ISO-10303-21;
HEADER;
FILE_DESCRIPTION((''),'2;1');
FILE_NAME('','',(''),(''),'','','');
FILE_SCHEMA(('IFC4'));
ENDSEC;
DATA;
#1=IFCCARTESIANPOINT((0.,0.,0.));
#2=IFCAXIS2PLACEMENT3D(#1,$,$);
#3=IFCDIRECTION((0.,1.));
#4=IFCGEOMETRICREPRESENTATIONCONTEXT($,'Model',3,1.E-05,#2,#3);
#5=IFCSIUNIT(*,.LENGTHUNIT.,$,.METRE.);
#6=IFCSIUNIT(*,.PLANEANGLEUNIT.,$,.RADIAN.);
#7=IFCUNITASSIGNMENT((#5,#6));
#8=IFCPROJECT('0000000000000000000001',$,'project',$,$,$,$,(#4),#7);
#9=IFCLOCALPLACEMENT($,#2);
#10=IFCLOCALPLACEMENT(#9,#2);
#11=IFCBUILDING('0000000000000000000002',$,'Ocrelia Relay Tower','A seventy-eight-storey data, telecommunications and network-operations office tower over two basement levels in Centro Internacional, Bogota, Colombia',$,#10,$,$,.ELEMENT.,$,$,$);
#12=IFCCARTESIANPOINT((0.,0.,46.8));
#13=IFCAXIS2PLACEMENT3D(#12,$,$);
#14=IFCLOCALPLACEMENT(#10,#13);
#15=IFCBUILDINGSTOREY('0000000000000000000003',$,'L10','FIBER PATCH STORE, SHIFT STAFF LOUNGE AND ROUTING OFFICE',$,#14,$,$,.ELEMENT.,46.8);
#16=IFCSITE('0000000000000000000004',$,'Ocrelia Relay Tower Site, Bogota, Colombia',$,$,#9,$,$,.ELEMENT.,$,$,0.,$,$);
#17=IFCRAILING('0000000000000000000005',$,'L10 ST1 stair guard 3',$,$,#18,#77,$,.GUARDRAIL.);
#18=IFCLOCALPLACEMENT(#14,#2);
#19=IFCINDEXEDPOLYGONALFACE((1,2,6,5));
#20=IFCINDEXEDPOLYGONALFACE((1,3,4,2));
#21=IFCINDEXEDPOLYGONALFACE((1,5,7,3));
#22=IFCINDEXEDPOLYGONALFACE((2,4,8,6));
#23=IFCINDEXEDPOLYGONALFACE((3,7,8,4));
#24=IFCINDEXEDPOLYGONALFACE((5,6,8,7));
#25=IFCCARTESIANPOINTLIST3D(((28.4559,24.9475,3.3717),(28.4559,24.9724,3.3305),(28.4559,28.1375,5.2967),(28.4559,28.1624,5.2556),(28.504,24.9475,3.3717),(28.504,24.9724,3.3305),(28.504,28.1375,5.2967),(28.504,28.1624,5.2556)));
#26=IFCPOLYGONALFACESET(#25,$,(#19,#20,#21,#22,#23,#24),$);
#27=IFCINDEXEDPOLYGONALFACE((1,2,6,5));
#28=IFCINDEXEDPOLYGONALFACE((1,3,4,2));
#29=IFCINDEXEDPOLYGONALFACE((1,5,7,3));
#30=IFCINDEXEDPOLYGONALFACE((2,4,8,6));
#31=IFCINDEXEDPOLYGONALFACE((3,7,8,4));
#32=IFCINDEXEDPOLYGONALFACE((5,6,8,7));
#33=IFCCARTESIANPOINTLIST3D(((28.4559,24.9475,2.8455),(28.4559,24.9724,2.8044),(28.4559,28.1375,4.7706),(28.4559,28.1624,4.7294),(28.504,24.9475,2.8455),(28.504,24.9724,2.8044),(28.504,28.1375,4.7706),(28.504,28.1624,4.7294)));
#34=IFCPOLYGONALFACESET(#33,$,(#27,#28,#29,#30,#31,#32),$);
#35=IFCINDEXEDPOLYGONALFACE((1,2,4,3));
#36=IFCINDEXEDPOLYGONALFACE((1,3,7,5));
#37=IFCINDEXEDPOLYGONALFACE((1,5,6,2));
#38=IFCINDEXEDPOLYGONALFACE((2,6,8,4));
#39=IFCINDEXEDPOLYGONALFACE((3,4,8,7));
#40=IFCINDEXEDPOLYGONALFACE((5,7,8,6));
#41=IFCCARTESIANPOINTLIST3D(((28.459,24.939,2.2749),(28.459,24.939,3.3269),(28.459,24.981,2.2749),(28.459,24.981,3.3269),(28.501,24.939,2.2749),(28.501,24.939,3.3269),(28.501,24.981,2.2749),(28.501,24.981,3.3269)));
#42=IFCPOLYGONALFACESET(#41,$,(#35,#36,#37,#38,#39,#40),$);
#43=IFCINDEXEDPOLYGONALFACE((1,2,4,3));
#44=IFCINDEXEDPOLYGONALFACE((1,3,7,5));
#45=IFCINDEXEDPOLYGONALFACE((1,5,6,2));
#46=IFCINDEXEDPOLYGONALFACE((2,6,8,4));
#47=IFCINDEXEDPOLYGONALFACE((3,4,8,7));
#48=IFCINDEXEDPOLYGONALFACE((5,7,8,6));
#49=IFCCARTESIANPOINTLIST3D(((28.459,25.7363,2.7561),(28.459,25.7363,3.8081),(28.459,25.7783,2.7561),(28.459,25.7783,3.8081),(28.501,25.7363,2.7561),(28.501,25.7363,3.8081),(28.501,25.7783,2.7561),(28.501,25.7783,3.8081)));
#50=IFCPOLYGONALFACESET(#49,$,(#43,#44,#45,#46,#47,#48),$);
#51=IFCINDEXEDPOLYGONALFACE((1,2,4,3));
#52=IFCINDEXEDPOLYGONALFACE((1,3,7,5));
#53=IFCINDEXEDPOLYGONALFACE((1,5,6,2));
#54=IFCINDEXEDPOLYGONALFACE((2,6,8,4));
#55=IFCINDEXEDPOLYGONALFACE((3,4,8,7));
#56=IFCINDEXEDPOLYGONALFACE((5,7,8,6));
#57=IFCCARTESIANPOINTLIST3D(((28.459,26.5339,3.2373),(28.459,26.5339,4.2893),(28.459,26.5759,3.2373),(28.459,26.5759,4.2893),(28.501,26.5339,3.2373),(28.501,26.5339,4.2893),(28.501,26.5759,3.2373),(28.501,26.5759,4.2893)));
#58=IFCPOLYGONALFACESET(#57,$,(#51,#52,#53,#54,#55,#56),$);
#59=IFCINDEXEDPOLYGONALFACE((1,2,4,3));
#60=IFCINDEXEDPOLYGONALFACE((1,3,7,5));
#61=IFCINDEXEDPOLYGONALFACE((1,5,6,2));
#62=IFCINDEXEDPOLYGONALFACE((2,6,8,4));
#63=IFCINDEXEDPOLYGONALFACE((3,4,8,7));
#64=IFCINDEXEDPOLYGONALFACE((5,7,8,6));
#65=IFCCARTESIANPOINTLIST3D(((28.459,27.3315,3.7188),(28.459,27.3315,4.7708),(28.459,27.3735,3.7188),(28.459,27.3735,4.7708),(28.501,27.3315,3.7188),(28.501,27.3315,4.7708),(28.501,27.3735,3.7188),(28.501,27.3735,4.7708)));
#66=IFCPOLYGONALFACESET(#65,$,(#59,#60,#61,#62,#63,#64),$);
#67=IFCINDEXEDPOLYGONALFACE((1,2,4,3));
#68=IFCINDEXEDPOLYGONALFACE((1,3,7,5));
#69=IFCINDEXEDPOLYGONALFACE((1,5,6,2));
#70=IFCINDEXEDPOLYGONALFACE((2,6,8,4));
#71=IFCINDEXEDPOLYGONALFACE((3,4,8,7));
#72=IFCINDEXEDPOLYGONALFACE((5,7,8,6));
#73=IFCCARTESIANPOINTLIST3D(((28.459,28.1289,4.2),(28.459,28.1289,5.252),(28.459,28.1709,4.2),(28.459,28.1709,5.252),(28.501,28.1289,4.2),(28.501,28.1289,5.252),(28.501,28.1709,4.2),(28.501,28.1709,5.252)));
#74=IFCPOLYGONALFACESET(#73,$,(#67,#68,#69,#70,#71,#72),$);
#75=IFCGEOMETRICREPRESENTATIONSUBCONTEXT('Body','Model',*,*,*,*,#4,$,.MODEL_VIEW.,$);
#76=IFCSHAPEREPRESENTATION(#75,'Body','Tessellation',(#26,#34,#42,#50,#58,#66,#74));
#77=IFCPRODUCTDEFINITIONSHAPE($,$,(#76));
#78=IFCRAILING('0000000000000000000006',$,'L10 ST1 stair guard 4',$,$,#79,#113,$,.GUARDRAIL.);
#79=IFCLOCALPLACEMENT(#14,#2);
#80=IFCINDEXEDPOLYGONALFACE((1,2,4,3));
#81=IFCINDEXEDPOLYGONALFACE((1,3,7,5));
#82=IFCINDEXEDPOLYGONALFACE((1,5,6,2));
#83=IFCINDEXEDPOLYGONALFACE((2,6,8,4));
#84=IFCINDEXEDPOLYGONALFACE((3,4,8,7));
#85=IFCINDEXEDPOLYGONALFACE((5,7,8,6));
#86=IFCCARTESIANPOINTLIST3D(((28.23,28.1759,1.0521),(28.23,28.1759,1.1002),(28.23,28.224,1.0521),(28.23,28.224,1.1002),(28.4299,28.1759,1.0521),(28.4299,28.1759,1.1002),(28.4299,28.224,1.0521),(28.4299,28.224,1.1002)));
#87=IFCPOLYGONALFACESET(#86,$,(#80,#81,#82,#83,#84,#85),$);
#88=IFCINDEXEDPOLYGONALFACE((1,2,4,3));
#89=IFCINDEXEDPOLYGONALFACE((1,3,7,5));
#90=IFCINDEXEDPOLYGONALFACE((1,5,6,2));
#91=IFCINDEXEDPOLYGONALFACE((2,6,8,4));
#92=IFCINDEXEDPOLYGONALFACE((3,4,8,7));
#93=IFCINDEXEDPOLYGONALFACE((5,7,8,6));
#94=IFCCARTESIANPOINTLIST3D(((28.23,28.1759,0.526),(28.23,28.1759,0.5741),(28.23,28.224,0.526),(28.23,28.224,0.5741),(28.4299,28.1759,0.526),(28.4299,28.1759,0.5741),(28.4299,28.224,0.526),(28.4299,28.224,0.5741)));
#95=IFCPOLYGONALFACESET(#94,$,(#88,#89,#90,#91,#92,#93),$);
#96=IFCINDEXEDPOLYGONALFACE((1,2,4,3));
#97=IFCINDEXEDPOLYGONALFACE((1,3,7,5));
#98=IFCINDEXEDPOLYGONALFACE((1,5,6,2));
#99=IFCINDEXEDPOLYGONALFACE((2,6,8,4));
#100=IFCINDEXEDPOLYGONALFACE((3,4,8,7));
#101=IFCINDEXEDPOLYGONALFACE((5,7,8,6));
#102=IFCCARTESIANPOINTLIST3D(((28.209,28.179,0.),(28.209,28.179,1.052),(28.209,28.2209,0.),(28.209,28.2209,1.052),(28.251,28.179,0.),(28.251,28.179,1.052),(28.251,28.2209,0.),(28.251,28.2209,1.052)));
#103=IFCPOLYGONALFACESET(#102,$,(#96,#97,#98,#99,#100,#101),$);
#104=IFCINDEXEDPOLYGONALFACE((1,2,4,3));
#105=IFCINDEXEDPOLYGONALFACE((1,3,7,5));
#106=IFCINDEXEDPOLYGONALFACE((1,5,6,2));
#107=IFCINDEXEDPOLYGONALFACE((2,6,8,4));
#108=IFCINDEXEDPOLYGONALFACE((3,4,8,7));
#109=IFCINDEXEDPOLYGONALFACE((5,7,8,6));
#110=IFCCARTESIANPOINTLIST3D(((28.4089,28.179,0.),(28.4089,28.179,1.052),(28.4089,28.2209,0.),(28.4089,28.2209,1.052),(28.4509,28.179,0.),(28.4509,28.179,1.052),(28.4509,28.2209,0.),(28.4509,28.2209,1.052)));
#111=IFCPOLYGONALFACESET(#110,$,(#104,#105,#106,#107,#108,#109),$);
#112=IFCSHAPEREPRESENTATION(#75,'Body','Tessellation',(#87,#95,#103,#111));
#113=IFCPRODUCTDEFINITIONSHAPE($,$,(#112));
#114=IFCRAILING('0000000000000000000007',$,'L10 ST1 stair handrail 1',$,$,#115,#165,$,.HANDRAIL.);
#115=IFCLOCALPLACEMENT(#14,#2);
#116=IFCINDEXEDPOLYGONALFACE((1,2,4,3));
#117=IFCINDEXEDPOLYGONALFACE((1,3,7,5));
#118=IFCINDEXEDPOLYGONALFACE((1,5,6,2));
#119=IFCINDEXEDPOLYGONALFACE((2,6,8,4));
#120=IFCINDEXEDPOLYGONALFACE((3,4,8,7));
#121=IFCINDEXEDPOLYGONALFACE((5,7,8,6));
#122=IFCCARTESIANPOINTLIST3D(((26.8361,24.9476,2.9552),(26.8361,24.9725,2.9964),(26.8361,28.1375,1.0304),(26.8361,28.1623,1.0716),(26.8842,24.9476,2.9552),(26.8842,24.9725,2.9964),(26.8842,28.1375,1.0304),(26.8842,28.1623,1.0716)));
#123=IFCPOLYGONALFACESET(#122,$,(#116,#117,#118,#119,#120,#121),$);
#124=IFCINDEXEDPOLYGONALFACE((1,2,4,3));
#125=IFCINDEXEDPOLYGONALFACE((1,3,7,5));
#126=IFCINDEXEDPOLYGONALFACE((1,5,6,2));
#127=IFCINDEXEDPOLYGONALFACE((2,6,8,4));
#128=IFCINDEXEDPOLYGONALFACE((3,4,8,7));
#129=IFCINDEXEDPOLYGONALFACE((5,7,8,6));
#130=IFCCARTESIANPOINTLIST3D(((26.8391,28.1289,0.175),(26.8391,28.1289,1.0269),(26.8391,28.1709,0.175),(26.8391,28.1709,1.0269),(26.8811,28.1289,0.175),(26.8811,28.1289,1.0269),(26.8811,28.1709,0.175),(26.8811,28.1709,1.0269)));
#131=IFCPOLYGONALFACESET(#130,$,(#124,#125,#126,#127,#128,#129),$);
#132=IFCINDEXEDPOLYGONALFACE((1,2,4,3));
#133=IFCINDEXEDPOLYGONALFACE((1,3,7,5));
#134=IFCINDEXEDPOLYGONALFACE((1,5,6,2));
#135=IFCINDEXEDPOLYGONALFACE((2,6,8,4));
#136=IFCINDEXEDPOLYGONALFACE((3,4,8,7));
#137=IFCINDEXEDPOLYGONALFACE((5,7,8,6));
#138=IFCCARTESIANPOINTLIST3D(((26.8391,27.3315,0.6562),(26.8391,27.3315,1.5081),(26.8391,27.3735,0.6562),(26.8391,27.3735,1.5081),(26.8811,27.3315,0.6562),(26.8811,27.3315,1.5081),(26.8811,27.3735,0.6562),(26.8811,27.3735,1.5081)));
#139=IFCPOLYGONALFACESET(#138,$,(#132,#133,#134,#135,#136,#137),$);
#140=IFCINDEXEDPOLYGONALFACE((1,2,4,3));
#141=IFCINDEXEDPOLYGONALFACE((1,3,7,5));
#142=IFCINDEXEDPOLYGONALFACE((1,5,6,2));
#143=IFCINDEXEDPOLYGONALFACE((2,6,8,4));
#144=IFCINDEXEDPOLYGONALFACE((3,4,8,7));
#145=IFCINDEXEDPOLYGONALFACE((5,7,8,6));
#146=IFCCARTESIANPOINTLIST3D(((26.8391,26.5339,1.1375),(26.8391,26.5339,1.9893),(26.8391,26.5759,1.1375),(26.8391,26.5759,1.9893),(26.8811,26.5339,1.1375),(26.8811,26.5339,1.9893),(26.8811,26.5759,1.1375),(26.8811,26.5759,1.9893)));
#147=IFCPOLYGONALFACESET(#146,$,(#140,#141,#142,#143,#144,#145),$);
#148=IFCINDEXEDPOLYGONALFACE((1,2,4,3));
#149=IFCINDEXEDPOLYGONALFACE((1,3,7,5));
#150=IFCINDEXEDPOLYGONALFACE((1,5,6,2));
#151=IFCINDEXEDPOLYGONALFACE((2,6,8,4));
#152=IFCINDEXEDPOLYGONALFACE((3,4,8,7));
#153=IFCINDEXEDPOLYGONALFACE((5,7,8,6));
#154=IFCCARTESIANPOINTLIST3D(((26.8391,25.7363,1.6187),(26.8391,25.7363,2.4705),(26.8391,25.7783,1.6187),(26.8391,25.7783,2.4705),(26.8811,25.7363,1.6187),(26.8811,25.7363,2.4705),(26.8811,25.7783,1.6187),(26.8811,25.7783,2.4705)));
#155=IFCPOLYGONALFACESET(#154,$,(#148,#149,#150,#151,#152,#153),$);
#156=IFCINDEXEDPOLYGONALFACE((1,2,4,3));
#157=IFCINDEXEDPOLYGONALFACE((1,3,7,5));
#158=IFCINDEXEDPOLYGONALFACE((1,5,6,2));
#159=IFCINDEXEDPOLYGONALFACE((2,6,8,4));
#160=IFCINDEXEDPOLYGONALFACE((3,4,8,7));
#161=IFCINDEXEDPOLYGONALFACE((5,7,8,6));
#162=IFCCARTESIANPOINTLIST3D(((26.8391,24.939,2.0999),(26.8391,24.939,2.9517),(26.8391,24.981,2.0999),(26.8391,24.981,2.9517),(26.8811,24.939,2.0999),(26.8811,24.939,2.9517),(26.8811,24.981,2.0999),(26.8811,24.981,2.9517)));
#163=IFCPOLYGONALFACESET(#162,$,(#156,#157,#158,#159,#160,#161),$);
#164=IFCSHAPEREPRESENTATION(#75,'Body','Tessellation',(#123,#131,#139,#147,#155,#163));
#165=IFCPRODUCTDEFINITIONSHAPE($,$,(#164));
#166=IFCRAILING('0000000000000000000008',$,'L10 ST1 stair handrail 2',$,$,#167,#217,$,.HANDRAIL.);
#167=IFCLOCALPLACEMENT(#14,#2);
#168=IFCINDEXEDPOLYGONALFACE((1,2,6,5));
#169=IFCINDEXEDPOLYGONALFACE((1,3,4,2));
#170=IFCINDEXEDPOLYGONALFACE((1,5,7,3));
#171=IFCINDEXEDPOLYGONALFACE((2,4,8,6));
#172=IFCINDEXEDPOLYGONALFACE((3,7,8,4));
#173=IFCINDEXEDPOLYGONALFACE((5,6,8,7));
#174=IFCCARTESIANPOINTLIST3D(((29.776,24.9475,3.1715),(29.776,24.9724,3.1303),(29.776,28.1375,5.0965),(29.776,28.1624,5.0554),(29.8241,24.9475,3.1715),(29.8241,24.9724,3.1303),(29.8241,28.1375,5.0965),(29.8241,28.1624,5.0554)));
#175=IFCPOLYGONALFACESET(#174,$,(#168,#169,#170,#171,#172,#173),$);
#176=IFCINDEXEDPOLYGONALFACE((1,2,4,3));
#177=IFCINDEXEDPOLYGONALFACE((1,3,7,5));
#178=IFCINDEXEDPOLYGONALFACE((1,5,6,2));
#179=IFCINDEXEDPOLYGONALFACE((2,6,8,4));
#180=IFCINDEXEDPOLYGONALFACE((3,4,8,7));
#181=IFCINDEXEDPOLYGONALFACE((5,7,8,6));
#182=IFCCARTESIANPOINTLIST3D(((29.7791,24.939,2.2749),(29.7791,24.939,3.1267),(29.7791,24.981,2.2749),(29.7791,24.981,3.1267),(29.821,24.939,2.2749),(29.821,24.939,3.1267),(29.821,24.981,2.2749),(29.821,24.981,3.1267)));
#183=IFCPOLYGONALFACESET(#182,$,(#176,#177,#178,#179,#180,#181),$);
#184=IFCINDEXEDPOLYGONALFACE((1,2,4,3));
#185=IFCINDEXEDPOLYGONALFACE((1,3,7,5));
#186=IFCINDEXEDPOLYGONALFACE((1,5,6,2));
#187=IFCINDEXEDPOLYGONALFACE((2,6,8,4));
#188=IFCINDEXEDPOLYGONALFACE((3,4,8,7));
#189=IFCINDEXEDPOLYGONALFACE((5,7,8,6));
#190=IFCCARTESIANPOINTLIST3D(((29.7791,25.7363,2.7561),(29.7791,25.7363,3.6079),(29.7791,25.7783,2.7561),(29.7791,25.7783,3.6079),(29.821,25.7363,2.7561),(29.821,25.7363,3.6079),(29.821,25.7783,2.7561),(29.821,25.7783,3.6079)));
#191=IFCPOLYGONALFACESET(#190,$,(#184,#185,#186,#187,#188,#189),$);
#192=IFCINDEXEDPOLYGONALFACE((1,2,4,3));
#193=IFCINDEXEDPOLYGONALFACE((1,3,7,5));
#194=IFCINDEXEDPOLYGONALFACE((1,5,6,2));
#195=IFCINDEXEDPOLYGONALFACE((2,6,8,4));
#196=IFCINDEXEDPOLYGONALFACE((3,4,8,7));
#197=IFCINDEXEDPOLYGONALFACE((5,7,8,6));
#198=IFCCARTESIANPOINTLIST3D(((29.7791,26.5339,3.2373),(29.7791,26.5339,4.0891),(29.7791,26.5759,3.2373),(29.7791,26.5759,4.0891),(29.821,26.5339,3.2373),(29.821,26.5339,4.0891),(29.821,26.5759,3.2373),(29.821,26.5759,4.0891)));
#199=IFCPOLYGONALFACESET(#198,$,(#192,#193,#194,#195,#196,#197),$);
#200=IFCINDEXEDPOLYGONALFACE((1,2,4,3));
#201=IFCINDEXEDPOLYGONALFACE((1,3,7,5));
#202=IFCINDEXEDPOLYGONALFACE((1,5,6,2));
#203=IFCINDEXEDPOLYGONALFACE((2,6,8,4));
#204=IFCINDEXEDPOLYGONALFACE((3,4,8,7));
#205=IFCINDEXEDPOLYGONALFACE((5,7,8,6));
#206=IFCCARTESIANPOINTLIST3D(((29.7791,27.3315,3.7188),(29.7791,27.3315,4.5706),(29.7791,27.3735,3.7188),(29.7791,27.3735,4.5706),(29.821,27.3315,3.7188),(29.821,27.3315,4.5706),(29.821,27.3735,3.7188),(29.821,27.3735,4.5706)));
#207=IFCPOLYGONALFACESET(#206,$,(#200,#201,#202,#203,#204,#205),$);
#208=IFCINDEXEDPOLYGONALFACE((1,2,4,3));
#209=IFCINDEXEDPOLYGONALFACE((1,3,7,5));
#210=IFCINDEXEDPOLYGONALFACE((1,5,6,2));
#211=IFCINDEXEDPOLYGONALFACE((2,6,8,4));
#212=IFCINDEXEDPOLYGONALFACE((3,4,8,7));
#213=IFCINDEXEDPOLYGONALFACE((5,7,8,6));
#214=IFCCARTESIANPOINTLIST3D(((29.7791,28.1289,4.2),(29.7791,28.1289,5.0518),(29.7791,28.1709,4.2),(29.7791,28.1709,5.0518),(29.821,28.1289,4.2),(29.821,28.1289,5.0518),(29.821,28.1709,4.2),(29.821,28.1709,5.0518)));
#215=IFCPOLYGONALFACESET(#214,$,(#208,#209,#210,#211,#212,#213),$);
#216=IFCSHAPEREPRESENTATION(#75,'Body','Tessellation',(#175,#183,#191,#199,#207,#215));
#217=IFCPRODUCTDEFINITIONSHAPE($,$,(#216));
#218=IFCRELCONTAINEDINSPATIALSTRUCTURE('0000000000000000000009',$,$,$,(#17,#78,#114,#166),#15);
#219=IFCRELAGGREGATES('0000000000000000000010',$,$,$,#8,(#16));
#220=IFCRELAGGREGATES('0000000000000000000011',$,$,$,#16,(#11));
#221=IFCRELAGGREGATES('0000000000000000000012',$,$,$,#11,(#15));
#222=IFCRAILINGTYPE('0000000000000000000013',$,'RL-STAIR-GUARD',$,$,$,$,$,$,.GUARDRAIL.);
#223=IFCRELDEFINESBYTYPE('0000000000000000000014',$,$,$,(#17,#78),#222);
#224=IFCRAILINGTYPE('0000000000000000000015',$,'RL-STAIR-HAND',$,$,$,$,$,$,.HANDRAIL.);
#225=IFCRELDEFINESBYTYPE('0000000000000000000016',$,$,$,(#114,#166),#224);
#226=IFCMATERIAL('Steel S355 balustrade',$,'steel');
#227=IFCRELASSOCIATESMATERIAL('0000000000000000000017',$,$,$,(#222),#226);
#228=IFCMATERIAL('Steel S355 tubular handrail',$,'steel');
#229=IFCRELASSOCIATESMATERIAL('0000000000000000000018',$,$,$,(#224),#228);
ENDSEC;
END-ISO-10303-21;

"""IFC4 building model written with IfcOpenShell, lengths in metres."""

from ifc_helpers import new_model, si_unit, direction, frame, origin, origin_2d, place, context, subcontext, project, spatial, rectangle, extrude, material, type_object, element, save


model = new_model("IFC4")

# Units and contexts
model_context = context("Model", 3, precision=1e-05, world=origin(), true_north=direction((0.0, 1.0)))
body_context = subcontext(model_context, "Body", "Model", "MODEL_VIEW")
ifc_project = project(units=[si_unit("LENGTHUNIT", "METRE"), si_unit("PLANEANGLEUNIT", "RADIAN")], contexts=[model_context])

# Site, building, storey
site_placement = place(None, origin())
site = spatial("IfcSite", under=ifc_project, at=site_placement, Name="Ocrelia Relay Tower Site, Bogota, Colombia", CompositionType="ELEMENT", RefElevation=0.0)
building_placement = place(site_placement, origin())
building = spatial("IfcBuilding", under=site, at=building_placement, Name="Ocrelia Relay Tower", Description="A seventy-eight-storey data, telecommunications and network-operations office tower over two basement levels in Centro Internacional, Bogota, Colombia", CompositionType="ELEMENT")
storey_placement = place(building_placement, frame((0.0, 0.0, 46.8)))
storey = spatial("IfcBuildingStorey", under=building, at=storey_placement, Name="L10", Description="FIBER PATCH STORE, SHIFT STAFF LOUNGE AND ROUTING OFFICE", CompositionType="ELEMENT", Elevation=46.8)

# Railings
ifc_material_1 = material(Name="Steel S355 balustrade", Category="steel")
railing_type_1 = type_object("IfcRailingType", Name="RL-STAIR-GUARD", PredefinedType="GUARDRAIL", material=ifc_material_1)
railing_1_placement = place(storey_placement, frame((28.48, 24.96, 2.2749)))
element("IfcRailing", 1, at=railing_1_placement, inside=storey, type_object=railing_type_1, Name="L10 ST1 stair guard 3", PredefinedType="GUARDRAIL", context=body_context, shape_type="SweptSolid", body=[
    extrude(rectangle(XDim=0.0481, YDim=0.0481, at=origin_2d()), frame((0.0, 0.0, 1.0762), z_axis=(0.0, 0.856178, 0.516682), x_axis=(-1.0, 0.0, 0.0)), (0.0, 0.0, 1.0), 3.7258),
    extrude(rectangle(XDim=0.0481, YDim=0.0481, at=origin_2d()), frame((0.0, 0.0, 0.55), z_axis=(0.0, 0.856178, 0.516682), x_axis=(-1.0, 0.0, 0.0)), (0.0, 0.0, 1.0), 3.7258),
    extrude(rectangle(XDim=0.042, YDim=0.042, at=origin_2d()), origin(), (0.0, 0.0, 1.0), 1.052),
    extrude(rectangle(XDim=0.042, YDim=0.042, at=origin_2d()), frame((0.0, 0.7974, 0.4812)), (0.0, 0.0, 1.0), 1.052),
    extrude(rectangle(XDim=0.042, YDim=0.042, at=origin_2d()), frame((0.0, 1.595, 0.9624)), (0.0, 0.0, 1.0), 1.052),
    extrude(rectangle(XDim=0.042, YDim=0.042, at=origin_2d()), frame((0.0, 2.3926, 1.4438)), (0.0, 0.0, 1.0), 1.052),
    extrude(rectangle(XDim=0.042, YDim=0.042, at=origin_2d()), frame((0.0, 3.1899, 1.925)), (0.0, 0.0, 1.0), 1.052),
])
railing_2_placement = place(storey_placement, frame((28.23, 28.2, 0.0)))
element("IfcRailing", 2, at=railing_2_placement, inside=storey, type_object=railing_type_1, Name="L10 ST1 stair guard 4", PredefinedType="GUARDRAIL", context=body_context, shape_type="SweptSolid", body=[
    extrude(rectangle(XDim=0.0481, YDim=0.0481, at=origin_2d()), frame((0.0, 0.0, 1.0762), z_axis=(1.0, 0.0, 0.0), x_axis=(0.0, 1.0, 0.0)), (0.0, 0.0, 1.0), 0.2),
    extrude(rectangle(XDim=0.0481, YDim=0.0481, at=origin_2d()), frame((0.0, 0.0, 0.55), z_axis=(1.0, 0.0, 0.0), x_axis=(0.0, 1.0, 0.0)), (0.0, 0.0, 1.0), 0.2),
    extrude(rectangle(XDim=0.042, YDim=0.042, at=origin_2d()), origin(), (0.0, 0.0, 1.0), 1.052),
    extrude(rectangle(XDim=0.042, YDim=0.042, at=origin_2d()), frame((0.2, 0.0, 0.0)), (0.0, 0.0, 1.0), 1.052),
])
ifc_material_2 = material(Name="Steel S355 tubular handrail", Category="steel")
railing_type_2 = type_object("IfcRailingType", Name="RL-STAIR-HAND", PredefinedType="HANDRAIL", material=ifc_material_2)
railing_3_placement = place(storey_placement, frame((26.8601, 28.1499, 0.175)))
element("IfcRailing", 3, at=railing_3_placement, inside=storey, type_object=railing_type_2, Name="L10 ST1 stair handrail 1", PredefinedType="HANDRAIL", context=body_context, shape_type="SweptSolid", body=[
    extrude(rectangle(XDim=0.0481, YDim=0.0481, at=origin_2d()), frame((0.0, 0.0, 0.876), z_axis=(0.0, -0.856207, 0.516633), x_axis=(1.0, 0.0, 0.0)), (0.0, 0.0, 1.0), 3.7256),
    extrude(rectangle(XDim=0.042, YDim=0.042, at=origin_2d()), origin(), (0.0, 0.0, 1.0), 0.8518),
    extrude(rectangle(XDim=0.042, YDim=0.042, at=origin_2d()), frame((0.0, -0.7974, 0.4812)), (0.0, 0.0, 1.0), 0.8518),
    extrude(rectangle(XDim=0.042, YDim=0.042, at=origin_2d()), frame((0.0, -1.595, 0.9624)), (0.0, 0.0, 1.0), 0.8518),
    extrude(rectangle(XDim=0.042, YDim=0.042, at=origin_2d()), frame((0.0, -2.3926, 1.4436)), (0.0, 0.0, 1.0), 0.8518),
    extrude(rectangle(XDim=0.042, YDim=0.042, at=origin_2d()), frame((0.0, -3.1899, 1.9248)), (0.0, 0.0, 1.0), 0.8518),
])
railing_4_placement = place(storey_placement, frame((29.8, 24.96, 2.2749)))
element("IfcRailing", 4, at=railing_4_placement, inside=storey, type_object=railing_type_2, Name="L10 ST1 stair handrail 2", PredefinedType="HANDRAIL", context=body_context, shape_type="SweptSolid", body=[
    extrude(rectangle(XDim=0.0481, YDim=0.0481, at=origin_2d()), frame((0.0, 0.0, 0.876), z_axis=(0.0, 0.856178, 0.516682), x_axis=(-1.0, 0.0, 0.0)), (0.0, 0.0, 1.0), 3.7258),
    extrude(rectangle(XDim=0.042, YDim=0.042, at=origin_2d()), origin(), (0.0, 0.0, 1.0), 0.8518),
    extrude(rectangle(XDim=0.042, YDim=0.042, at=origin_2d()), frame((0.0, 0.7974, 0.4812)), (0.0, 0.0, 1.0), 0.8518),
    extrude(rectangle(XDim=0.042, YDim=0.042, at=origin_2d()), frame((0.0, 1.595, 0.9624)), (0.0, 0.0, 1.0), 0.8518),
    extrude(rectangle(XDim=0.042, YDim=0.042, at=origin_2d()), frame((0.0, 2.3926, 1.4438)), (0.0, 0.0, 1.0), 0.8518),
    extrude(rectangle(XDim=0.042, YDim=0.042, at=origin_2d()), frame((0.0, 3.1899, 1.925)), (0.0, 0.0, 1.0), 0.8518),
])

save(model, "model.ifc")
